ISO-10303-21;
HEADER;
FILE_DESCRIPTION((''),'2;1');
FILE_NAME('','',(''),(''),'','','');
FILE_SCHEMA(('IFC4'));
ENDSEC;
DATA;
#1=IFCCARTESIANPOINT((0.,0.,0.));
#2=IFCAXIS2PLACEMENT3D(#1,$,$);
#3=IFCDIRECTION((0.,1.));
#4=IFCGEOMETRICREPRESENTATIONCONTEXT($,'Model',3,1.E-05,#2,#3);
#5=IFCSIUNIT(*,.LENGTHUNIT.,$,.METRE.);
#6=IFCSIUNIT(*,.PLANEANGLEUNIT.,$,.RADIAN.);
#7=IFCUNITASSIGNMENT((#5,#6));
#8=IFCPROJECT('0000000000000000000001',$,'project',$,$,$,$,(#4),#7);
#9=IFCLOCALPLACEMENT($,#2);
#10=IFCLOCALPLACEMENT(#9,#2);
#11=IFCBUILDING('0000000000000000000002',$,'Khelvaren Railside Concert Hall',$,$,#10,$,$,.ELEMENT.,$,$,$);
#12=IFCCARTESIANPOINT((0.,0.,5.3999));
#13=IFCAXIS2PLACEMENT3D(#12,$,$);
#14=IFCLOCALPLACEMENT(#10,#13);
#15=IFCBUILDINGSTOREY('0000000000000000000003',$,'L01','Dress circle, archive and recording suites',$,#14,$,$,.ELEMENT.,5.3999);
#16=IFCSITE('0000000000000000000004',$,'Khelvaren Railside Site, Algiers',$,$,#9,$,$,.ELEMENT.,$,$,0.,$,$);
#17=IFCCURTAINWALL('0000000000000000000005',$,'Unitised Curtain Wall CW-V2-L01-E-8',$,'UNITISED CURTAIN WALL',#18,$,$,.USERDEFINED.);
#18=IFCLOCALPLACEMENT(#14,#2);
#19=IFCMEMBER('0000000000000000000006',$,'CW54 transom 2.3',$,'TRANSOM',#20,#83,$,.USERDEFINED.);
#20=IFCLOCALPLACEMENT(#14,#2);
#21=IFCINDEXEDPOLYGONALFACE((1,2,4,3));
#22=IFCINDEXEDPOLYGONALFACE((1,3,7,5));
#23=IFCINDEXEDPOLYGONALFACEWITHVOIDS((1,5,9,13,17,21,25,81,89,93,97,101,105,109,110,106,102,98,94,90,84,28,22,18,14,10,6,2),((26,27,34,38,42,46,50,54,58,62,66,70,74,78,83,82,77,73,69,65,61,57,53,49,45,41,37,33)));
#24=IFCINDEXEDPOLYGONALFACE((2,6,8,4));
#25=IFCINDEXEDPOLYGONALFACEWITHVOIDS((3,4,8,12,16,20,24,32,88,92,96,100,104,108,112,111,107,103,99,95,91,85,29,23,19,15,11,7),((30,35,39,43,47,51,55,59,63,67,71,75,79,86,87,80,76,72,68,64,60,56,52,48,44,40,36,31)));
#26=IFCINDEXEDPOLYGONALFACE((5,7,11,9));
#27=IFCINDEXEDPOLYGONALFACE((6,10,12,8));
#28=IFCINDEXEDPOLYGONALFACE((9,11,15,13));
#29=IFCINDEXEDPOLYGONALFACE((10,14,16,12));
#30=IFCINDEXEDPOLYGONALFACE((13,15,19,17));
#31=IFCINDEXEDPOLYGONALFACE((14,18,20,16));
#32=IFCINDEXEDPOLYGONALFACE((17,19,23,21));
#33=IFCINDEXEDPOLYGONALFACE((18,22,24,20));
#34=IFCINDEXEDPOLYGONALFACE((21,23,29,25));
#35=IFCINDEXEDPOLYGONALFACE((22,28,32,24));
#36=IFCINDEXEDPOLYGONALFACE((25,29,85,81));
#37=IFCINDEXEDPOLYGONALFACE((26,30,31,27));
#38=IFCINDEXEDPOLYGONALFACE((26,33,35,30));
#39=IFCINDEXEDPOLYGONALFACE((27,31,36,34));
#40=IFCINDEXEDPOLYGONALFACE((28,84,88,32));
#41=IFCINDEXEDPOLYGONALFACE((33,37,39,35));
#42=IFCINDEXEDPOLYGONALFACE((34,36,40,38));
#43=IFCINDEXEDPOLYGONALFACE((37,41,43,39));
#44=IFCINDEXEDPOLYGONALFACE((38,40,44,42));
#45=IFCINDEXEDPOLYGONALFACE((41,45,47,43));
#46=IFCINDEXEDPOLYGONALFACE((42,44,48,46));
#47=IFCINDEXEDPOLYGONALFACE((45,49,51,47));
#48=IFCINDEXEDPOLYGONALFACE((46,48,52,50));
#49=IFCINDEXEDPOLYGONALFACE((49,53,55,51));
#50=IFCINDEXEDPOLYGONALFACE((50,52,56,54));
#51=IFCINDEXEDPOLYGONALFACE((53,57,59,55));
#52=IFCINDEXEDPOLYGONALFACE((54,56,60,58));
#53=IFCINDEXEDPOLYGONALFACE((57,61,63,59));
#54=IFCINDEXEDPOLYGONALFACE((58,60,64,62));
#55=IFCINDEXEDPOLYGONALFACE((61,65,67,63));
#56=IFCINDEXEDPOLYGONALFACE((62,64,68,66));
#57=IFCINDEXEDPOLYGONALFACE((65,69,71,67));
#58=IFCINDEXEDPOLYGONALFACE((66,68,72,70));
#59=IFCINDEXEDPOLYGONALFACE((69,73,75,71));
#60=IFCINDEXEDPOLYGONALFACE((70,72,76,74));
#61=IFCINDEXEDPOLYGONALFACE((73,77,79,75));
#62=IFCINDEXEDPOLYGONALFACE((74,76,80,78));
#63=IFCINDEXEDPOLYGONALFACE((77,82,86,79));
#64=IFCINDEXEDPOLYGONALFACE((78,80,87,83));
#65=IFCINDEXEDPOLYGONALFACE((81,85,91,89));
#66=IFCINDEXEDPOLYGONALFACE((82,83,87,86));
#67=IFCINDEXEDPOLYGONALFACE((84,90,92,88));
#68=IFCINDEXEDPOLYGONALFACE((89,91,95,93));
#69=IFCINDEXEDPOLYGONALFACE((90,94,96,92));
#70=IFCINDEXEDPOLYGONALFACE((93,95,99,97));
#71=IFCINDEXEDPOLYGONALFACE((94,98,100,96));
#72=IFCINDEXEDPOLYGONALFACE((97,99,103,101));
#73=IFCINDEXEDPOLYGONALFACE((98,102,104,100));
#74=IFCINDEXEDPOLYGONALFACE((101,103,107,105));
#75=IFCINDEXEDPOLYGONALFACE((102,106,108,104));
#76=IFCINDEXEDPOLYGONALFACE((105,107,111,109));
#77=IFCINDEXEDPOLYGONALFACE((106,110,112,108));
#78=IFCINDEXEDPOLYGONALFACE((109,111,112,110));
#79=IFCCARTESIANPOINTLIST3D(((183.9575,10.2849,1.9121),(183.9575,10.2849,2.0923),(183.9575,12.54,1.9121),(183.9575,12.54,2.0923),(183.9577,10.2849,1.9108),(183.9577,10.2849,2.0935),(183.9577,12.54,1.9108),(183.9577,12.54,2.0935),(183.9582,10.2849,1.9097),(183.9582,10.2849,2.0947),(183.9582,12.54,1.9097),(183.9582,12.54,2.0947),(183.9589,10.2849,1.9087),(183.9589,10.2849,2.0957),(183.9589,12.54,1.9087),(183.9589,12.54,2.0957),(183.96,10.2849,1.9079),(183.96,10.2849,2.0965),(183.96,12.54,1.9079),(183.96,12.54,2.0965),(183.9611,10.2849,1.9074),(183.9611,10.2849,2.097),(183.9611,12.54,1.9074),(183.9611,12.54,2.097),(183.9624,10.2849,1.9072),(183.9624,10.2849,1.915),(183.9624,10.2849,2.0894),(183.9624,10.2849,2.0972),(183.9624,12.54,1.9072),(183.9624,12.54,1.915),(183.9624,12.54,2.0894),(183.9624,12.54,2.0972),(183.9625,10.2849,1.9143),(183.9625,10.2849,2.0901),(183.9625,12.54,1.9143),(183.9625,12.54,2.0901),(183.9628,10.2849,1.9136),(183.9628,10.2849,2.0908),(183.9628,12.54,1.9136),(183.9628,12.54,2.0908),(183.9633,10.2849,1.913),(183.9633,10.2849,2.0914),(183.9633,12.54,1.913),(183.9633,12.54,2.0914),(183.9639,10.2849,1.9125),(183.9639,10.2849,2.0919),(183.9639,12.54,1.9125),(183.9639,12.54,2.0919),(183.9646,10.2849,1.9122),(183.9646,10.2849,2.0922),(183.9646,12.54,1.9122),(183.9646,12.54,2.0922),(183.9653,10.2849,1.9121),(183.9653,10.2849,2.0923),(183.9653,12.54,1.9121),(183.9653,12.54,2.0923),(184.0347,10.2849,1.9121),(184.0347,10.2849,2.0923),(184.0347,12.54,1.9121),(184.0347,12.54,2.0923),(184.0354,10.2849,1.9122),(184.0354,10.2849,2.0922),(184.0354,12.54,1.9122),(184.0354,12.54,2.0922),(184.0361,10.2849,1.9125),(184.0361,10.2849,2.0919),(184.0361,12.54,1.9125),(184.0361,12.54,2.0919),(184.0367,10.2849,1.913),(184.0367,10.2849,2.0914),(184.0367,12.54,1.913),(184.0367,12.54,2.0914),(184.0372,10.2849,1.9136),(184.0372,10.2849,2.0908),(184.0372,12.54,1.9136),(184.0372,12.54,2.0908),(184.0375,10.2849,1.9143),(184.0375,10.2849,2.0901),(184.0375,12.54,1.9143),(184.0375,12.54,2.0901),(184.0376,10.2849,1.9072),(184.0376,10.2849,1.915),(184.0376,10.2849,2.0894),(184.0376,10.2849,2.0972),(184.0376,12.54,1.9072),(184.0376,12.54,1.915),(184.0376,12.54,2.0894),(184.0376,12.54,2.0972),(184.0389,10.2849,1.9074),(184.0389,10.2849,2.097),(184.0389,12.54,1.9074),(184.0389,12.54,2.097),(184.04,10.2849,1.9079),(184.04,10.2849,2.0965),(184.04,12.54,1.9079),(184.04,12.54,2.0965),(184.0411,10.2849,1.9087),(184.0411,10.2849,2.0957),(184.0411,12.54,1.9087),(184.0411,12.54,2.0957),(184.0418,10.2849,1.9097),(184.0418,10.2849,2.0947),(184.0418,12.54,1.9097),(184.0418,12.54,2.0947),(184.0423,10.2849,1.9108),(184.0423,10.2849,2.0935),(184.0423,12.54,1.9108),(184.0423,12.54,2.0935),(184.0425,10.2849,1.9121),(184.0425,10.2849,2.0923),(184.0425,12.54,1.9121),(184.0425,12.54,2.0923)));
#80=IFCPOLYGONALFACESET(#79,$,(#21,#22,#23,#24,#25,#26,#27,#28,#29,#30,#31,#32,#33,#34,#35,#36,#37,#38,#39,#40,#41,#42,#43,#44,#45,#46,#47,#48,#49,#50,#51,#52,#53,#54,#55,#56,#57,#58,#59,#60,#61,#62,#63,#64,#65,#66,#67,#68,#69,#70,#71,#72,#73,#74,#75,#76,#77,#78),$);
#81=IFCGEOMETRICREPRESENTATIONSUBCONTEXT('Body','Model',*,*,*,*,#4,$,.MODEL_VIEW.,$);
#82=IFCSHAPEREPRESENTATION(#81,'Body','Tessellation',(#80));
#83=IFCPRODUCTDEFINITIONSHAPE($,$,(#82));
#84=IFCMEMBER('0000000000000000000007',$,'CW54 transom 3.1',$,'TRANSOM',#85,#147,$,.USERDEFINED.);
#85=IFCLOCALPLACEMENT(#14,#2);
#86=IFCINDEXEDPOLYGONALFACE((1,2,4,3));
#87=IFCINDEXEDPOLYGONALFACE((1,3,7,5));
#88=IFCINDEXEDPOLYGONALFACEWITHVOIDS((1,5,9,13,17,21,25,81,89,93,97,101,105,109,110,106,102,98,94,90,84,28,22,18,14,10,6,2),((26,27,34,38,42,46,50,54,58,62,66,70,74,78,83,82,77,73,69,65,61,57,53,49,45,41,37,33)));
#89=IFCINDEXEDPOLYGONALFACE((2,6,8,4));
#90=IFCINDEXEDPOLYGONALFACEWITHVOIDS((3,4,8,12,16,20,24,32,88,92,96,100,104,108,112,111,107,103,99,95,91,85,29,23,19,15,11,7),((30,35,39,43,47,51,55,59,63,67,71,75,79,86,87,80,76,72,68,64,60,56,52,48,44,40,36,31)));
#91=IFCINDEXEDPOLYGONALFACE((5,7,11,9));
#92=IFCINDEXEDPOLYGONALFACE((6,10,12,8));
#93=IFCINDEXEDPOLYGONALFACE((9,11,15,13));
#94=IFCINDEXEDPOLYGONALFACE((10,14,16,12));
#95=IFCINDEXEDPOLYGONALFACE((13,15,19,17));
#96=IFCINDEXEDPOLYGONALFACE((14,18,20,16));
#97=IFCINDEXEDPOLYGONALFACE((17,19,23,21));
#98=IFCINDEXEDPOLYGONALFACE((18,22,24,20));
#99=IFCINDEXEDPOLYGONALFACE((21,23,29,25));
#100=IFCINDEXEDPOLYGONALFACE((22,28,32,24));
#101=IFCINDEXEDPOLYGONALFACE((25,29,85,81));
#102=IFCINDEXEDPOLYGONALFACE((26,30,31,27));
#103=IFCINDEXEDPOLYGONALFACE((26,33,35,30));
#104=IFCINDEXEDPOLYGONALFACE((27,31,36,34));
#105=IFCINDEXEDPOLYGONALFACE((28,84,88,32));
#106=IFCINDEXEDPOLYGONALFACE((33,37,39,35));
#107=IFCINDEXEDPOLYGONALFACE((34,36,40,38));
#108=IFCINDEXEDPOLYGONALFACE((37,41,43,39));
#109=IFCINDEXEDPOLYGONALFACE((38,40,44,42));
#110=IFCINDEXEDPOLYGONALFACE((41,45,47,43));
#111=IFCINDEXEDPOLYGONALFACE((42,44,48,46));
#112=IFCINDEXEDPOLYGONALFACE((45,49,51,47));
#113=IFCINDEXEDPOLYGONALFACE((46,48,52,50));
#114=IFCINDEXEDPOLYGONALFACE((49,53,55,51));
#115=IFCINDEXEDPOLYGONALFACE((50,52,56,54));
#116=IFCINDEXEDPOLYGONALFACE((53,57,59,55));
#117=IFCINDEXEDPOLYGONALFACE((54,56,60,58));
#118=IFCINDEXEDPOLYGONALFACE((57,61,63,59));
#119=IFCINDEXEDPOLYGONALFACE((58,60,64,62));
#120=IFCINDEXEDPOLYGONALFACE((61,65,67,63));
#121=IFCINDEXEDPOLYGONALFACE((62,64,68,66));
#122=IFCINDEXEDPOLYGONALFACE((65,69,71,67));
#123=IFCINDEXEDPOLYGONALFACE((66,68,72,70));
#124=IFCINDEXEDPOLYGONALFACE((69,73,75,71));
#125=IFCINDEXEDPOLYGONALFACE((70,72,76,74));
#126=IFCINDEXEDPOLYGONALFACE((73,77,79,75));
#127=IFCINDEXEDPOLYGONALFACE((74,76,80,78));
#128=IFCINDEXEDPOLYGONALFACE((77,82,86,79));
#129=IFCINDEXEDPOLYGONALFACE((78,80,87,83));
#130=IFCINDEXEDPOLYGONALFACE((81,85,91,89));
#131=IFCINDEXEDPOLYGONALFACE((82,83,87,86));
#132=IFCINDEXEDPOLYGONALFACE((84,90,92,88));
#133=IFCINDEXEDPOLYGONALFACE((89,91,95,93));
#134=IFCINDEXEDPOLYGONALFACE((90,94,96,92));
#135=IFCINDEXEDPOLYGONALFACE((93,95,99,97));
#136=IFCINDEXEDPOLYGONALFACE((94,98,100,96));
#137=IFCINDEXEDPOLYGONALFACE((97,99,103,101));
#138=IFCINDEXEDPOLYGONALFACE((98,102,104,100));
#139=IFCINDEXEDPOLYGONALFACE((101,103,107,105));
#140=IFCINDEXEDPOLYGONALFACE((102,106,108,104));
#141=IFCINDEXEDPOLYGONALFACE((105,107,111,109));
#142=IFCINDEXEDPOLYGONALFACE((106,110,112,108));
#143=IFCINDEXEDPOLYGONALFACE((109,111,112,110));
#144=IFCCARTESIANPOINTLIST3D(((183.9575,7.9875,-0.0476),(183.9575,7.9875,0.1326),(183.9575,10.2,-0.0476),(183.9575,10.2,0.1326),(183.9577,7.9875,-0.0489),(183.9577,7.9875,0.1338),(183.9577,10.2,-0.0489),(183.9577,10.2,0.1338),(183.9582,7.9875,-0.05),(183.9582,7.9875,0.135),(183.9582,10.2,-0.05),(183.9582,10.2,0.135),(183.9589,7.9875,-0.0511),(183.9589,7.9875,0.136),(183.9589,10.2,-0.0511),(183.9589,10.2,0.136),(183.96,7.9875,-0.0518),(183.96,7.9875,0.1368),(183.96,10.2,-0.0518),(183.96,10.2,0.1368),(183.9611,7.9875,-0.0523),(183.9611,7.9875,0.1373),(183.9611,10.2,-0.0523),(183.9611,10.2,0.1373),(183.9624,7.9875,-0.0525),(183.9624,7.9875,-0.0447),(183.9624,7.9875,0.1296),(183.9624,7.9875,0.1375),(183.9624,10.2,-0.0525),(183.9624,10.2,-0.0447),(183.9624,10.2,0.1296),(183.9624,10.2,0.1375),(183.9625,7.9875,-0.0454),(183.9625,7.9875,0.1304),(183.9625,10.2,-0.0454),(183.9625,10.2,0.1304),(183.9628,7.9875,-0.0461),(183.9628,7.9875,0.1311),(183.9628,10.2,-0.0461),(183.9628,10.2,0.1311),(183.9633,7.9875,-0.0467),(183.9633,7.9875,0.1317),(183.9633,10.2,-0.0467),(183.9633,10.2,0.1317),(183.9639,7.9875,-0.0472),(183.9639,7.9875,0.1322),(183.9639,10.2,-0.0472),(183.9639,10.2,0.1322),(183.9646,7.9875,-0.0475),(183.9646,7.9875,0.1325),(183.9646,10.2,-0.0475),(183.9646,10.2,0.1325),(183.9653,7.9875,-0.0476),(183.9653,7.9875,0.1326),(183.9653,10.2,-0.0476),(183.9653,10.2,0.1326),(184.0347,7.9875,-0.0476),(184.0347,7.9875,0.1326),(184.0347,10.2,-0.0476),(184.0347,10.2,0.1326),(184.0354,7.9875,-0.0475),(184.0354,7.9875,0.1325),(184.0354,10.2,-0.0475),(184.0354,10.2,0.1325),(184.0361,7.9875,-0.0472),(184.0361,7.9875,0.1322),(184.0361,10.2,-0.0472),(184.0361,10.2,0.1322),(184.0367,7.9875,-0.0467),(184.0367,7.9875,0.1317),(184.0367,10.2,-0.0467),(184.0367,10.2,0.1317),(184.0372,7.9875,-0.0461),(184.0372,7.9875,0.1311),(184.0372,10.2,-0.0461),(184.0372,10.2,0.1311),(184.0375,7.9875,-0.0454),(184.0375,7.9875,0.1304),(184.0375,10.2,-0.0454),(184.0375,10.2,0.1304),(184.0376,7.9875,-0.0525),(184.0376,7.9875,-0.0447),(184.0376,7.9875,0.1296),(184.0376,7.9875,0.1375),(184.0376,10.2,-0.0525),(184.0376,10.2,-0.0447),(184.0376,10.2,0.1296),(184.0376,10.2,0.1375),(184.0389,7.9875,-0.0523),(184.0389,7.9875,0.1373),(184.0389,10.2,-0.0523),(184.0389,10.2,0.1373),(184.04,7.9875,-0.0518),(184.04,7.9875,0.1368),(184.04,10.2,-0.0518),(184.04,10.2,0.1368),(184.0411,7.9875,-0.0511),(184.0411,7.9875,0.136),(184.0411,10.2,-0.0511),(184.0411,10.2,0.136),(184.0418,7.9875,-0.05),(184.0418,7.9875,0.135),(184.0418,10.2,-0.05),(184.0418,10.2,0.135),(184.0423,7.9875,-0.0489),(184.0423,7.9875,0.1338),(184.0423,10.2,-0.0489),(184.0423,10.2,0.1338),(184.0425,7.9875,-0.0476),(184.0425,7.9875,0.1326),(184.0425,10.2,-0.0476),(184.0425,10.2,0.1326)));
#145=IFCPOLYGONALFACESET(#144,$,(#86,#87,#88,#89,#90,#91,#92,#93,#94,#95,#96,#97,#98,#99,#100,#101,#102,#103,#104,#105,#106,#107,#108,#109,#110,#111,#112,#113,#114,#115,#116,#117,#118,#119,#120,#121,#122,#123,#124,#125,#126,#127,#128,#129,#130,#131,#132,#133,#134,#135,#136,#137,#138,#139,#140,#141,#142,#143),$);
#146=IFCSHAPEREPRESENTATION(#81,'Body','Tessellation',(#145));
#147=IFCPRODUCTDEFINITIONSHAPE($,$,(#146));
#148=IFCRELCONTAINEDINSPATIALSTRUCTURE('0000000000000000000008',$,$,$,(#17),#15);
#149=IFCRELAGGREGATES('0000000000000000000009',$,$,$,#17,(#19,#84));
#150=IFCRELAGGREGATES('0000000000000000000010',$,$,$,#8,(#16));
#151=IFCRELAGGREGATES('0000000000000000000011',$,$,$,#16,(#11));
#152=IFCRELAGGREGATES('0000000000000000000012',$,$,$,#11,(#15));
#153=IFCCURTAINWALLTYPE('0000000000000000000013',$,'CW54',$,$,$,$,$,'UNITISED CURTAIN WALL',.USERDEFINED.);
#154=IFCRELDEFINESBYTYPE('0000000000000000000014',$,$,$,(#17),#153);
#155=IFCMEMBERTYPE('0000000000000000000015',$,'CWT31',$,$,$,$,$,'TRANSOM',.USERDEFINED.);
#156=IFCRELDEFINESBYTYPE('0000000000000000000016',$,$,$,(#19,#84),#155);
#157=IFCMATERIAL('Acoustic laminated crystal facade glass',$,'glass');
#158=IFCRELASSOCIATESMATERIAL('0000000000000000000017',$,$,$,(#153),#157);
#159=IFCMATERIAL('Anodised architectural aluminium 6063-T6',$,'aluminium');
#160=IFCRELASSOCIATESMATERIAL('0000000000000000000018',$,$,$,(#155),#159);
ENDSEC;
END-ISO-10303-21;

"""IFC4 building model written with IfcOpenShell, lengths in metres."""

from ifc_helpers import new_model, si_unit, direction, frame, origin, origin_2d, place, context, subcontext, project, spatial, hollow_rectangle, extrude, material, material_profile, profile_set, type_object, element, aggregate, save


model = new_model("IFC4")

# Units and contexts
model_context = context("Model", 3, precision=1e-05, world=origin(), true_north=direction((0.0, 1.0)))
body_context = subcontext(model_context, "Body", "Model", "MODEL_VIEW")
ifc_project = project(units=[si_unit("LENGTHUNIT", "METRE"), si_unit("PLANEANGLEUNIT", "RADIAN")], contexts=[model_context])

# Site, building, storey
site_placement = place(None, origin())
site = spatial("IfcSite", under=ifc_project, at=site_placement, Name="Khelvaren Railside Site, Algiers", CompositionType="ELEMENT", RefElevation=0.0)
building_placement = place(site_placement, origin())
building = spatial("IfcBuilding", under=site, at=building_placement, Name="Khelvaren Railside Concert Hall", CompositionType="ELEMENT")
storey_placement = place(building_placement, frame((0.0, 0.0, 5.3999)))
storey = spatial("IfcBuildingStorey", under=building, at=storey_placement, Name="L01", Description="Dress circle, archive and recording suites", CompositionType="ELEMENT", Elevation=5.3999)

# Shared definitions
ifc_material_1 = material(Name="Acoustic laminated crystal facade glass", Category="glass")
ifc_material_2 = material(Name="Anodised architectural aluminium 6063-T6", Category="aluminium")

# Curtain wall
curtain_wall_type_1 = type_object("IfcCurtainWallType", Name="CW54", ElementType="UNITISED CURTAIN WALL", PredefinedType="USERDEFINED", material=ifc_material_1)
curtain_wall_1_placement = place(storey_placement, origin())
curtain_wall_1 = element("IfcCurtainWall", 1, at=curtain_wall_1_placement, inside=storey, type_object=curtain_wall_type_1, Name="Unitised Curtain Wall CW-V2-L01-E-8", ObjectType="UNITISED CURTAIN WALL", PredefinedType="USERDEFINED")

# Members
ifc_material_profile_1 = material_profile(ifc_material_2, hollow_rectangle(XDim=0.085, YDim=0.1899, WallThickness=0.0049, InnerFilletRadius=0.0029, OuterFilletRadius=0.0049, at=origin_2d()), Name="CWT 85x190x5")
ifc_profile_set_1 = profile_set([ifc_material_profile_1], Name="Anodised architectural aluminium 6063-T6")
member_type_1 = type_object("IfcMemberType", Name="CWT31", ElementType="TRANSOM", PredefinedType="USERDEFINED", material=ifc_profile_set_1)
member_1_placement = place(storey_placement, frame((184.0, 12.54, 2.0022), z_axis=(0.0, -1.0, 0.0), x_axis=(1.0, 0.0, 0.0)))
member_1 = element("IfcMember", 2, at=member_1_placement, type_object=member_type_1, Name="CW54 transom 2.3", ObjectType="TRANSOM", PredefinedType="USERDEFINED", context=body_context, shape_type="SweptSolid", body=[
    extrude(hollow_rectangle(XDim=0.085, YDim=0.1899, WallThickness=0.0049, InnerFilletRadius=0.0029, OuterFilletRadius=0.0049, at=origin_2d()), origin(), (0.0, 0.0, 1.0), 2.2551),
])
member_2_placement = place(storey_placement, frame((184.0, 10.2, 0.0425), z_axis=(0.0, -1.0, 0.0), x_axis=(1.0, 0.0, 0.0)))
member_2 = element("IfcMember", 3, at=member_2_placement, type_object=member_type_1, Name="CW54 transom 3.1", ObjectType="TRANSOM", PredefinedType="USERDEFINED", context=body_context, shape_type="SweptSolid", body=[
    extrude(hollow_rectangle(XDim=0.085, YDim=0.1899, WallThickness=0.0049, InnerFilletRadius=0.0029, OuterFilletRadius=0.0049, at=origin_2d()), origin(), (0.0, 0.0, 1.0), 2.2124),
])

aggregate(curtain_wall_1, [member_1, member_2])

save(model, "model.ifc")
